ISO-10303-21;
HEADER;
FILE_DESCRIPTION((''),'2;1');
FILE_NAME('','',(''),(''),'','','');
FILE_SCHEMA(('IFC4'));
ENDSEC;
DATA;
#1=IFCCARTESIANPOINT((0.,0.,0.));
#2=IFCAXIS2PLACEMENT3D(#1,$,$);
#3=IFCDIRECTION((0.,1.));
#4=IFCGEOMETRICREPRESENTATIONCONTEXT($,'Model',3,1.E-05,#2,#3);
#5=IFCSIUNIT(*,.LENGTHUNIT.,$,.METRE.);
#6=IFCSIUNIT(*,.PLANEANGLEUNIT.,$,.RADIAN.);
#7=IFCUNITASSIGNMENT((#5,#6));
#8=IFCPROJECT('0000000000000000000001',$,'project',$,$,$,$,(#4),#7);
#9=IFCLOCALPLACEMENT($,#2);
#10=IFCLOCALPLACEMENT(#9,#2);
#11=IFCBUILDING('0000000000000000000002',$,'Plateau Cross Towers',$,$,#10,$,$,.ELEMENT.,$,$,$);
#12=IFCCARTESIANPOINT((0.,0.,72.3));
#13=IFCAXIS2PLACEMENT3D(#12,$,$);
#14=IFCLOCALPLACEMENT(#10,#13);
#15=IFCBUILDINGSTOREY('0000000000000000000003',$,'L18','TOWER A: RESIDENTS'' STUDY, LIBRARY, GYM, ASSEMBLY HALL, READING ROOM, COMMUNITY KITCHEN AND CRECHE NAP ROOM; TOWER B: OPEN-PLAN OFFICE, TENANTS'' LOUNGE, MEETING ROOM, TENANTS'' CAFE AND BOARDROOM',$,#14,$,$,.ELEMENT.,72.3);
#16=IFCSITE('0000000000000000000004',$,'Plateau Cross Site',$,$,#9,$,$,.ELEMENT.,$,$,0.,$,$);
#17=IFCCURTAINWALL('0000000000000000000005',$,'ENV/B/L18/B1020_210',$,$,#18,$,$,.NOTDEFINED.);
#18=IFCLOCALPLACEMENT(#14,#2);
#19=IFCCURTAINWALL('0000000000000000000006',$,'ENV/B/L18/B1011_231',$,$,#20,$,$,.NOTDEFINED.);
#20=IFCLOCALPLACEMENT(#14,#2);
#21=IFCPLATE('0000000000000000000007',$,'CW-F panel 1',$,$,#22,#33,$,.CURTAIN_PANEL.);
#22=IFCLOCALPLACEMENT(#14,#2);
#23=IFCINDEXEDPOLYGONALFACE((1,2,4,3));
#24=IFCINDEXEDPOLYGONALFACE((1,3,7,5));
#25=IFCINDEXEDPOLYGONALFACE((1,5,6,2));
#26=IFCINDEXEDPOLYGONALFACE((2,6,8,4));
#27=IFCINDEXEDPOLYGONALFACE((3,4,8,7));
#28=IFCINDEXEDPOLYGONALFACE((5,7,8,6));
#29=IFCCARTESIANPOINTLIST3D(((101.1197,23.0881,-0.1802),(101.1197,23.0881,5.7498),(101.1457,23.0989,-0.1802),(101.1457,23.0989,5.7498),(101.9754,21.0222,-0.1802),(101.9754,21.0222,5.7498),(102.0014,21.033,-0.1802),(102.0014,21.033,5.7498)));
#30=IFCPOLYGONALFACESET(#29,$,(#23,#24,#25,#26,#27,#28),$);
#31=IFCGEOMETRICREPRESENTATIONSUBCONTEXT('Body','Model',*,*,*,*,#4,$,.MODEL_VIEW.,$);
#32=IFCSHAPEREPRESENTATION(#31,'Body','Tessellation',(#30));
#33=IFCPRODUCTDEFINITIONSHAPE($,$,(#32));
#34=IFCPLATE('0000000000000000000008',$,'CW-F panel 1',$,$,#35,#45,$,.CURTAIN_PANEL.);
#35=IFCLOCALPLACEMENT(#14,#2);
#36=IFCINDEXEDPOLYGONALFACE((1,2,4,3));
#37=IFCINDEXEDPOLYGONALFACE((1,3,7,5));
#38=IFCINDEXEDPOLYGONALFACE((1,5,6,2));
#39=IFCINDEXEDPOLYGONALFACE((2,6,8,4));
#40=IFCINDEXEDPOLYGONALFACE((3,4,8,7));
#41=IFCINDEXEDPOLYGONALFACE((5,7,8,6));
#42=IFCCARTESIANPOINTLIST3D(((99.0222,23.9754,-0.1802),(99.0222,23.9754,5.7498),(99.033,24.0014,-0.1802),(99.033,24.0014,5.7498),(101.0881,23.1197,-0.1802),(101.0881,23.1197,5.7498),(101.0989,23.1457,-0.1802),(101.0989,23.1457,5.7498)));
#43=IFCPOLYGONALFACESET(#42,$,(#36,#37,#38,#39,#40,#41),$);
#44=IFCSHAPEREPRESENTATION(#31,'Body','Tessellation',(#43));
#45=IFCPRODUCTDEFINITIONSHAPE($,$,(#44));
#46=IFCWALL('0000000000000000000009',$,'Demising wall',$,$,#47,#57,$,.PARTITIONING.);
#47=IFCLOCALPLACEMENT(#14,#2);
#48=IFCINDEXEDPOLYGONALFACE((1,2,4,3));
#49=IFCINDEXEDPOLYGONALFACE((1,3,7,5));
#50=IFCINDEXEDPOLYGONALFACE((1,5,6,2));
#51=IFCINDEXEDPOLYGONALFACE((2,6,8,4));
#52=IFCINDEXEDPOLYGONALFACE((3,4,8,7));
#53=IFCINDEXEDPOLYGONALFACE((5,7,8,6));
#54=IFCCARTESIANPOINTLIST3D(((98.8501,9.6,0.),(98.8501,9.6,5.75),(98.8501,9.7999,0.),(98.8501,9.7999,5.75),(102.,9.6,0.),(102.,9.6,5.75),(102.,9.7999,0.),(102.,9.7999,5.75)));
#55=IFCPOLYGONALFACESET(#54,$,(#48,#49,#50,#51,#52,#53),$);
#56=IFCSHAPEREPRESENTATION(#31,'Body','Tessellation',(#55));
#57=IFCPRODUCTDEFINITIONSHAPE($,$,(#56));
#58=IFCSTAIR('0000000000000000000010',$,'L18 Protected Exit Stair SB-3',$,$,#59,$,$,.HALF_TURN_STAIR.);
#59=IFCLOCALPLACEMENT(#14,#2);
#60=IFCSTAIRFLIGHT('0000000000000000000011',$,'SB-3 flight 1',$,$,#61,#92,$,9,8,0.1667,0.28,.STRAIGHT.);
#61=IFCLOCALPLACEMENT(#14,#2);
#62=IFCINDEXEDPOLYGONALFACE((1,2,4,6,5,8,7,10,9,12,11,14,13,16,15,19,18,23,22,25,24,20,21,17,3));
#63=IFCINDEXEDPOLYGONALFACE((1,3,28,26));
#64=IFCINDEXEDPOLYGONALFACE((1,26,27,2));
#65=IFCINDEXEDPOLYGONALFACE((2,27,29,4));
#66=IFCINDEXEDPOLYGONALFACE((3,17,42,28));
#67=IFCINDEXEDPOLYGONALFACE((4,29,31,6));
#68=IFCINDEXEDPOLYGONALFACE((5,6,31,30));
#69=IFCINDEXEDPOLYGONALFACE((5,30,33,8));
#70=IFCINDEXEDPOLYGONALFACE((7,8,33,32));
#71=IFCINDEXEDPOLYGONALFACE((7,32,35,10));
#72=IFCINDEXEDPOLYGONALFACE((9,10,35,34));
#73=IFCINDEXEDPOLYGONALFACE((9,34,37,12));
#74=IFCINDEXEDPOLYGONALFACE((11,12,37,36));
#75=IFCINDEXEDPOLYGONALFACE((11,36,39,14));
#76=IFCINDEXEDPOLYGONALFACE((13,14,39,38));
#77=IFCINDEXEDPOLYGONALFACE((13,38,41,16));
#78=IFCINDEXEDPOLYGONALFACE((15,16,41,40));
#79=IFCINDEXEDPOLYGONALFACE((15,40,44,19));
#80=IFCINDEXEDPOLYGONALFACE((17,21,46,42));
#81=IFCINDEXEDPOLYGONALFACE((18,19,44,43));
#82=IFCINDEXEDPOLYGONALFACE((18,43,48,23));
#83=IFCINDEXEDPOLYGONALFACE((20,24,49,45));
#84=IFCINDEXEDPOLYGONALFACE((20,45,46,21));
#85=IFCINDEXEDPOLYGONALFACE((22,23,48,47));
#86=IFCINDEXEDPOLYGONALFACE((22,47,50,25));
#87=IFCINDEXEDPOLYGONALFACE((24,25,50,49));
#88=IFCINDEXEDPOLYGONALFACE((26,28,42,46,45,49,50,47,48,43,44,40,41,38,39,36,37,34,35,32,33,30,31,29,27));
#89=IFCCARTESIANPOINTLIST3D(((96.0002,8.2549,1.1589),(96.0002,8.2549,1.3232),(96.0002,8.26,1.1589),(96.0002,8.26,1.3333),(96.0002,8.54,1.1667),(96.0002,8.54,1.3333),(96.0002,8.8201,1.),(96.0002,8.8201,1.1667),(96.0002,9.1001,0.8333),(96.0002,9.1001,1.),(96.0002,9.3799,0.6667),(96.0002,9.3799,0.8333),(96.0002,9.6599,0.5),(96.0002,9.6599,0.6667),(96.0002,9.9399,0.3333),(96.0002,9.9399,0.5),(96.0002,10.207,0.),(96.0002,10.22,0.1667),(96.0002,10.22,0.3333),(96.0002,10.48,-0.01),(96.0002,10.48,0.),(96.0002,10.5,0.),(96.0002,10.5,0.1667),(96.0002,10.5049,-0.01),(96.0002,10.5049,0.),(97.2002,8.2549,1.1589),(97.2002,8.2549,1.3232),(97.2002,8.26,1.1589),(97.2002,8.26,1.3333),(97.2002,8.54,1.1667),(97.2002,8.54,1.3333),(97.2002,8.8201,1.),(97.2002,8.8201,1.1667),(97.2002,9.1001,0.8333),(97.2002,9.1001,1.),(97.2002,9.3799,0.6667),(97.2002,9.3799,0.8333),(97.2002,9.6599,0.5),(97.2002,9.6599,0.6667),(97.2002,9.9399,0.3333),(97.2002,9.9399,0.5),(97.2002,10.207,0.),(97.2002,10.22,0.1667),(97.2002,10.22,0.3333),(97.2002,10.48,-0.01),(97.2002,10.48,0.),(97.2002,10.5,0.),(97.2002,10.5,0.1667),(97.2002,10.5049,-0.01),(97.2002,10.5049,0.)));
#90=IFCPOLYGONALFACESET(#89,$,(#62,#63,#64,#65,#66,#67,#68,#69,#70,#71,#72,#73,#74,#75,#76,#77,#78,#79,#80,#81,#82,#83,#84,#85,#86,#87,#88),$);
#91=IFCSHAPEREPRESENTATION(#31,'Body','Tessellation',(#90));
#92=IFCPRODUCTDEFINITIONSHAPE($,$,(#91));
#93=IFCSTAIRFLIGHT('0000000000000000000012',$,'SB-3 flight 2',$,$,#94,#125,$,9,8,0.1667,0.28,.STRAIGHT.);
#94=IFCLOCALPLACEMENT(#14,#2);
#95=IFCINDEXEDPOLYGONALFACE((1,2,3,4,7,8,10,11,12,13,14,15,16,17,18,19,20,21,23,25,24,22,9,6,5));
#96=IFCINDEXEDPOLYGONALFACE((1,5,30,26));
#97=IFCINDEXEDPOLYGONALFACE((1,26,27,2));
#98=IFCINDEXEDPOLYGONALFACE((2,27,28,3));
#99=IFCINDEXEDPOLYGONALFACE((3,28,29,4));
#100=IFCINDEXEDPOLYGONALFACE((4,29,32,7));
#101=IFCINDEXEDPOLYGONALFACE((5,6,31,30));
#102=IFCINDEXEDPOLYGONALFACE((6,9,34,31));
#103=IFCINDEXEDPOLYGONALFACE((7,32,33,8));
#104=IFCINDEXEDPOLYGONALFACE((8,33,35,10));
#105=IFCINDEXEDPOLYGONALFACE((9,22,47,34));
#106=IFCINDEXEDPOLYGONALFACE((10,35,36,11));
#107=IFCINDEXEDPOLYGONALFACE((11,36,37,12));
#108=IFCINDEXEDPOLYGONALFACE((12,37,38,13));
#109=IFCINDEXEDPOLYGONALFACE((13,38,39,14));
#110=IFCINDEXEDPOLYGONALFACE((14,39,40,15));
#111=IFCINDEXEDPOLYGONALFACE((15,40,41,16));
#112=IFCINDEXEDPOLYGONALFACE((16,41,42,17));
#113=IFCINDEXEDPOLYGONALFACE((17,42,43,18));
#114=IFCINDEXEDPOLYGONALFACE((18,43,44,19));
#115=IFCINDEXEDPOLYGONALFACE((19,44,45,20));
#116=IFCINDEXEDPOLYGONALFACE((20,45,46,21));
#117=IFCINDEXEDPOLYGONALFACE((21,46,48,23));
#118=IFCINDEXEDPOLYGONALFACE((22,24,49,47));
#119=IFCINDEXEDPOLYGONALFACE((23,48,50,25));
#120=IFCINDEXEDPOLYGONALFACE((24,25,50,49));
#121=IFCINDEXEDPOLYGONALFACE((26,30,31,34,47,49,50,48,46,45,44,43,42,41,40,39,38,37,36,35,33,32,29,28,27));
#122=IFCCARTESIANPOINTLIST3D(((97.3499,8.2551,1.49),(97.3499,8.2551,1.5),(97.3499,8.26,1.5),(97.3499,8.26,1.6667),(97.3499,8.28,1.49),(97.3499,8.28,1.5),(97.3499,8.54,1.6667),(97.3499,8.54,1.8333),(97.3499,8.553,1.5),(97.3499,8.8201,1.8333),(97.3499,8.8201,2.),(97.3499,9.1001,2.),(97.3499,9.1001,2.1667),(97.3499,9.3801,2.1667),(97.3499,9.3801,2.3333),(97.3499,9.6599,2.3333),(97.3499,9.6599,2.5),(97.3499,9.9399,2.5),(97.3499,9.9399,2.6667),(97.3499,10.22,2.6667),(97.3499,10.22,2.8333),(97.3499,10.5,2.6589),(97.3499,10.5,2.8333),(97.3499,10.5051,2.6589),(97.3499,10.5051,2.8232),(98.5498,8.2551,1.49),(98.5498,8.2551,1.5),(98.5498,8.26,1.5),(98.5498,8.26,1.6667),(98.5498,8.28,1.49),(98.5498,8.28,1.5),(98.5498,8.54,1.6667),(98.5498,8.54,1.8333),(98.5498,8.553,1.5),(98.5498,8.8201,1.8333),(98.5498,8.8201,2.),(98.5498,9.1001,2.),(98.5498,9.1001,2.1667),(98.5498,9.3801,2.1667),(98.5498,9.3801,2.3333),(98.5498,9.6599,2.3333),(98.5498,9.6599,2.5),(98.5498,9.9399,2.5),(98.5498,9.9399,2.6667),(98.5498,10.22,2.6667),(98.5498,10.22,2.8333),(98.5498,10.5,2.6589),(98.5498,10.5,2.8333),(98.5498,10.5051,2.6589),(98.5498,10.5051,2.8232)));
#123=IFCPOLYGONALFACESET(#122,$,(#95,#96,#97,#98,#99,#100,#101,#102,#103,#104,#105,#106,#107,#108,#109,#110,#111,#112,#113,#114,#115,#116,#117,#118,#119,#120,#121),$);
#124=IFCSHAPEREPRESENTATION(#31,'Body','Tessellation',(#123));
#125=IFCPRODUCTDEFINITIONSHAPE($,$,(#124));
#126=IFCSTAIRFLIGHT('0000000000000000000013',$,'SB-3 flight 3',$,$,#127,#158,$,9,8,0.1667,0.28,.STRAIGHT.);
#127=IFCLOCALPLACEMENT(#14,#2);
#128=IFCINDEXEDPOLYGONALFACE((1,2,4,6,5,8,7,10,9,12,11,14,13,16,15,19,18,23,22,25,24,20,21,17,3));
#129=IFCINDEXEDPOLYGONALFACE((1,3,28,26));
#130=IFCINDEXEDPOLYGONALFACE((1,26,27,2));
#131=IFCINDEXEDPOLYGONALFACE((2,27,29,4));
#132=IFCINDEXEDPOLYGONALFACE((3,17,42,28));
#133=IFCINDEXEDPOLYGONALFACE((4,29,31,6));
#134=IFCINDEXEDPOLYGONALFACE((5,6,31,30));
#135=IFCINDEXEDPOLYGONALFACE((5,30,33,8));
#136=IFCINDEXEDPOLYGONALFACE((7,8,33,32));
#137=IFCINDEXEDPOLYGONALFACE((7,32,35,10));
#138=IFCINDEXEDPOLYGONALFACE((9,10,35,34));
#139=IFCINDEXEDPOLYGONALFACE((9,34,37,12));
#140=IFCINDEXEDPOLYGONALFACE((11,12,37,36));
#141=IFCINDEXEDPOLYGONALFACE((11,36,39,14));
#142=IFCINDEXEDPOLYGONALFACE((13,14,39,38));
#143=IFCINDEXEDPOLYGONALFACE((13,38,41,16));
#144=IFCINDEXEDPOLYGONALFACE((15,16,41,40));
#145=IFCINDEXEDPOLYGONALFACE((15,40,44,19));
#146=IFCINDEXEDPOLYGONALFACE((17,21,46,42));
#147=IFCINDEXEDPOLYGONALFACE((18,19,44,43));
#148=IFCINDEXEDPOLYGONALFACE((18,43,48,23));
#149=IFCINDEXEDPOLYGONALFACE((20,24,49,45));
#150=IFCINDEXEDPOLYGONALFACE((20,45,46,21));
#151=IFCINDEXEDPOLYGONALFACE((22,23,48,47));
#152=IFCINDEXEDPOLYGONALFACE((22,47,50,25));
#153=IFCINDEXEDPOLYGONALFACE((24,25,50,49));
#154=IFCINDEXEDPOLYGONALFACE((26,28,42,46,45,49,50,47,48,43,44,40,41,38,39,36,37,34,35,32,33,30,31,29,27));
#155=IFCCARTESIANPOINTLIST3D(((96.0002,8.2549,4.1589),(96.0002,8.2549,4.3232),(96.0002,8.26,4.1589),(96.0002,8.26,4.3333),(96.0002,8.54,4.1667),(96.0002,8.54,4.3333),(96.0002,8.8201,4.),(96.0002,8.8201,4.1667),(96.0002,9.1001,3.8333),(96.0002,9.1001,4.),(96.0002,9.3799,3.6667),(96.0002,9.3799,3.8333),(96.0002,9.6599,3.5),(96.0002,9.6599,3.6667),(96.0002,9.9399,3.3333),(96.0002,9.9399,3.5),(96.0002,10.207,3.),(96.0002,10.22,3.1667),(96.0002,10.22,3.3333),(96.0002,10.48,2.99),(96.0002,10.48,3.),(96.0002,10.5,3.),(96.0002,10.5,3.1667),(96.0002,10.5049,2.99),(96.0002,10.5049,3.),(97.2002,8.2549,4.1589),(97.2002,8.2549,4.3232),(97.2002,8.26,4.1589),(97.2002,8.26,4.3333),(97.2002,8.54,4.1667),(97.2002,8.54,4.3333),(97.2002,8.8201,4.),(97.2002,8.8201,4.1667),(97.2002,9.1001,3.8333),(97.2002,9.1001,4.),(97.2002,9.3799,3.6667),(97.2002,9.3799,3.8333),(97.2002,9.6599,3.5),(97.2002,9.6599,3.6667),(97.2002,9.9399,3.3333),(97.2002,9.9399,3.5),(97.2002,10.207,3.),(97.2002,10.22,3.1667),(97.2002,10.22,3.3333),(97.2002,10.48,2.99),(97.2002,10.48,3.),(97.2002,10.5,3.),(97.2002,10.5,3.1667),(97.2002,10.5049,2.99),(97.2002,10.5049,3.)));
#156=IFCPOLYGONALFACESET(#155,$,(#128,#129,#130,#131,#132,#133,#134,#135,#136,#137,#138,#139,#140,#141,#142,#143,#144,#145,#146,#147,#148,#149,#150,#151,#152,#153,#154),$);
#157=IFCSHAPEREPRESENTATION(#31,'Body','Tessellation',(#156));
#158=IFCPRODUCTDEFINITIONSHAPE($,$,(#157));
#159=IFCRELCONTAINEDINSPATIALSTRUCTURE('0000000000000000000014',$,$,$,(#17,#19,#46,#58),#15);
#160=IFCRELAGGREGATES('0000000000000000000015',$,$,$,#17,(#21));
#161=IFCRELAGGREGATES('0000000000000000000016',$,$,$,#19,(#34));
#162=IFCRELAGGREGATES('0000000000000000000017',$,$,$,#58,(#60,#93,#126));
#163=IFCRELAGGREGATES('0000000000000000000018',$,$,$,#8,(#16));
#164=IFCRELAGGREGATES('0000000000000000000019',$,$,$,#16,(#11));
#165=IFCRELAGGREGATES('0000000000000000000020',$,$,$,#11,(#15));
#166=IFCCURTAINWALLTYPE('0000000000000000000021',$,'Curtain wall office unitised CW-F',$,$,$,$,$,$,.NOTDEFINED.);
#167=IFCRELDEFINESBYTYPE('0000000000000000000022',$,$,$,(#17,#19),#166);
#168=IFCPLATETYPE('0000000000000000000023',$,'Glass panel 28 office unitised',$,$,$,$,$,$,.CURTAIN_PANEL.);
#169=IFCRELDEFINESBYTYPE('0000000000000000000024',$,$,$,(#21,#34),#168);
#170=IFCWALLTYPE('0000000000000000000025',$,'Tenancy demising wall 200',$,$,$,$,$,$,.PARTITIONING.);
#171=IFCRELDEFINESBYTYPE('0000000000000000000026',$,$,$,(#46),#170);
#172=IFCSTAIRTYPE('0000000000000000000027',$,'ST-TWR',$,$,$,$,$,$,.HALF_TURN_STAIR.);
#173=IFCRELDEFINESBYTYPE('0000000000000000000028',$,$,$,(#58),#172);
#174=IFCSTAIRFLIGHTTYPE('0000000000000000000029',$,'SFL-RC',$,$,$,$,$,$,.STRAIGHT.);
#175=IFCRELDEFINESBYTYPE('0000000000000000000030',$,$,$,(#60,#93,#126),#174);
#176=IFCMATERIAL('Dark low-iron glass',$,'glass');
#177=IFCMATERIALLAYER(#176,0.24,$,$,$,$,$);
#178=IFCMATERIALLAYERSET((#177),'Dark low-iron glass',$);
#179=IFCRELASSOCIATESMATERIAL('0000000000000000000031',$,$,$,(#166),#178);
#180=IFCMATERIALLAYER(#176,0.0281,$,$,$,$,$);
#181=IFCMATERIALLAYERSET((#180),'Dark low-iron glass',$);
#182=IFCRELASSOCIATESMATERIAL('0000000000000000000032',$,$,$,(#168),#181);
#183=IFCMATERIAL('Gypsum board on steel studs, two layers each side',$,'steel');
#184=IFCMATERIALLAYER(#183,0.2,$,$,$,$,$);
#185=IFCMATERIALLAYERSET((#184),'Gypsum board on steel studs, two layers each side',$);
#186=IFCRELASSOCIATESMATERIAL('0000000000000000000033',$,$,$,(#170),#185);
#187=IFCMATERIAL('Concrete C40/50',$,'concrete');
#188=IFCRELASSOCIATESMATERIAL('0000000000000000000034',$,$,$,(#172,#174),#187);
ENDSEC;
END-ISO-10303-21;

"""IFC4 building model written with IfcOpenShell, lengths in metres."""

from ifc_helpers import new_model, si_unit, direction, frame, frame_2d, origin, origin_2d, place, context, subcontext, project, spatial, polyline, rectangle, outline, extrude, material, layer, layer_set, type_object, element, aggregate, save


model = new_model("IFC4")

# Units and contexts
model_context = context("Model", 3, precision=1e-05, world=origin(), true_north=direction((0.0, 1.0)))
body_context = subcontext(model_context, "Body", "Model", "MODEL_VIEW")
ifc_project = project(units=[si_unit("LENGTHUNIT", "METRE"), si_unit("PLANEANGLEUNIT", "RADIAN")], contexts=[model_context])

# Site, building, storey
site_placement = place(None, origin())
site = spatial("IfcSite", under=ifc_project, at=site_placement, Name="Plateau Cross Site", CompositionType="ELEMENT", RefElevation=0.0)
building_placement = place(site_placement, origin())
building = spatial("IfcBuilding", under=site, at=building_placement, Name="Plateau Cross Towers", CompositionType="ELEMENT")
storey_placement = place(building_placement, frame((0.0, 0.0, 72.3)))
storey = spatial("IfcBuildingStorey", under=building, at=storey_placement, Name="L18", Description="TOWER A: RESIDENTS' STUDY, LIBRARY, GYM, ASSEMBLY HALL, READING ROOM, COMMUNITY KITCHEN AND CRECHE NAP ROOM; TOWER B: OPEN-PLAN OFFICE, TENANTS' LOUNGE, MEETING ROOM, TENANTS' CAFE AND BOARDROOM", CompositionType="ELEMENT", Elevation=72.3)

# Shared definitions
ifc_material_1 = material(Name="Dark low-iron glass", Category="glass")
ifc_layer_1 = layer(ifc_material_1, 0.24)
ifc_layer_set_1 = layer_set([ifc_layer_1], Name="Dark low-iron glass")
curtain_wall_type = type_object("IfcCurtainWallType", Name="Curtain wall office unitised CW-F", PredefinedType="NOTDEFINED", material=ifc_layer_set_1)

# Curtain walls
curtain_wall_1_placement = place(storey_placement, origin())
curtain_wall_1 = element("IfcCurtainWall", 1, at=curtain_wall_1_placement, inside=storey, type_object=curtain_wall_type, Name="ENV/B/L18/B1020_210", PredefinedType="NOTDEFINED")
curtain_wall_2_placement = place(storey_placement, origin())
curtain_wall_2 = element("IfcCurtainWall", 2, at=curtain_wall_2_placement, inside=storey, type_object=curtain_wall_type, Name="ENV/B/L18/B1011_231", PredefinedType="NOTDEFINED")

# Plates
ifc_layer_2 = layer(ifc_material_1, 0.0281)
ifc_layer_set_2 = layer_set([ifc_layer_2], Name="Dark low-iron glass")
plate_type = type_object("IfcPlateType", Name="Glass panel 28 office unitised", PredefinedType="CURTAIN_PANEL", material=ifc_layer_set_2)
plate_1_placement = place(storey_placement, frame((101.5605, 22.0605, -0.1802), z_axis=(0.0, 0.0, 1.0), x_axis=(-0.382684, 0.923879, 0.0)))
plate_1 = element("IfcPlate", 3, at=plate_1_placement, type_object=plate_type, Name="CW-F panel 1", PredefinedType="CURTAIN_PANEL", context=body_context, shape_type="SweptSolid", body=[
    extrude(rectangle(XDim=2.2361, YDim=0.0281, at=origin_2d()), origin(), (0.0, 0.0, 1.0), 5.9299),
])
aggregate(curtain_wall_1, [plate_1])
plate_2_placement = place(storey_placement, frame((100.0605, 23.5605, -0.1802), z_axis=(0.0, 0.0, 1.0), x_axis=(-0.923879, 0.382684, 0.0)))
plate_2 = element("IfcPlate", 4, at=plate_2_placement, type_object=plate_type, Name="CW-F panel 1", PredefinedType="CURTAIN_PANEL", context=body_context, shape_type="SweptSolid", body=[
    extrude(rectangle(XDim=2.2361, YDim=0.0281, at=origin_2d()), origin(), (0.0, 0.0, 1.0), 5.9299),
])
aggregate(curtain_wall_2, [plate_2])

# Wall
ifc_material_2 = material(Name="Gypsum board on steel studs, two layers each side", Category="steel")
ifc_layer_3 = layer(ifc_material_2, 0.2)
ifc_layer_set_3 = layer_set([ifc_layer_3], Name="Gypsum board on steel studs, two layers each side")
wall_type = type_object("IfcWallType", Name="Tenancy demising wall 200", PredefinedType="PARTITIONING", material=ifc_layer_set_3)
wall_placement = place(storey_placement, frame((98.8501, 9.7, 0.0), z_axis=(0.0, 0.0, 1.0), x_axis=(1.0, 0.0, 0.0)))
element("IfcWall", 5, at=wall_placement, inside=storey, type_object=wall_type, Name="Demising wall", PredefinedType="PARTITIONING", context=body_context, shape_type="SweptSolid", body=[
    extrude(rectangle(XDim=3.1499, YDim=0.2, at=frame_2d((1.575, 0.0))), origin(), (0.0, 0.0, 1.0), 5.75),
])

# Stair, stair flights
ifc_material_3 = material(Name="Concrete C40/50", Category="concrete")
stair_type = type_object("IfcStairType", Name="ST-TWR", PredefinedType="HALF_TURN_STAIR", material=ifc_material_3)
stair_placement = place(storey_placement, origin())
stair = element("IfcStair", 6, at=stair_placement, inside=storey, type_object=stair_type, Name="L18 Protected Exit Stair SB-3", PredefinedType="HALF_TURN_STAIR")
stair_flight_type = type_object("IfcStairFlightType", Name="SFL-RC", PredefinedType="STRAIGHT", material=ifc_material_3)
stair_flight_1_placement = place(storey_placement, frame((96.6001, 10.5, 0.0), z_axis=(0.0, 0.0, 1.0), x_axis=(0.0, -1.0, 0.0)))
stair_flight_1 = element("IfcStairFlight", 7, at=stair_flight_1_placement, type_object=stair_flight_type, Name="SB-3 flight 1", NumberOfRisers=9, NumberOfTreads=8, PredefinedType="STRAIGHT", RiserHeight=0.1667, TreadLength=0.28, context=body_context, shape_type="SweptSolid", body=[
    extrude(outline(polyline([(-0.0049, -0.01), (-0.0049, 0.0), (0.0, 0.0), (0.0, 0.1667), (0.28, 0.1667), (0.28, 0.3333), (0.5601, 0.3333), (0.5601, 0.5), (0.8401, 0.5), (0.8401, 0.6667), (1.1201, 0.6667), (1.1201, 0.8333), (1.3999, 0.8333), (1.3999, 1.0), (1.6799, 1.0), (1.6799, 1.1667), (1.96, 1.1667), (1.96, 1.3333), (2.24, 1.3333), (2.2451, 1.3232), (2.2451, 1.1589), (2.24, 1.1589), (0.293, 0.0), (0.02, 0.0), (0.02, -0.01), (-0.0049, -0.01)])), frame((0.0, 0.6001, 0.0), z_axis=(0.0, -1.0, 0.0), x_axis=(1.0, 0.0, 0.0)), (0.0, 0.0, 1.0), 1.2),
])
stair_flight_2_placement = place(storey_placement, frame((97.95, 8.26, 1.5), z_axis=(0.0, 0.0, 1.0), x_axis=(0.0, 1.0, 0.0)))
stair_flight_2 = element("IfcStairFlight", 8, at=stair_flight_2_placement, type_object=stair_flight_type, Name="SB-3 flight 2", NumberOfRisers=9, NumberOfTreads=8, PredefinedType="STRAIGHT", RiserHeight=0.1667, TreadLength=0.28, context=body_context, shape_type="SweptSolid", body=[
    extrude(outline(polyline([(-0.0049, -0.01), (-0.0049, 0.0), (0.0, 0.0), (0.0, 0.1667), (0.28, 0.1667), (0.28, 0.3333), (0.5601, 0.3333), (0.5601, 0.5), (0.8401, 0.5), (0.8401, 0.6667), (1.1201, 0.6667), (1.1201, 0.8333), (1.3999, 0.8333), (1.3999, 1.0), (1.6799, 1.0), (1.6799, 1.1667), (1.96, 1.1667), (1.96, 1.3333), (2.24, 1.3333), (2.2451, 1.3232), (2.2451, 1.1589), (2.24, 1.1589), (0.293, 0.0), (0.02, 0.0), (0.02, -0.01), (-0.0049, -0.01)])), frame((0.0, 0.6001, 0.0), z_axis=(0.0, -1.0, 0.0), x_axis=(1.0, 0.0, 0.0)), (0.0, 0.0, 1.0), 1.2),
])
stair_flight_3_placement = place(storey_placement, frame((96.6001, 10.5, 3.0), z_axis=(0.0, 0.0, 1.0), x_axis=(0.0, -1.0, 0.0)))
stair_flight_3 = element("IfcStairFlight", 9, at=stair_flight_3_placement, type_object=stair_flight_type, Name="SB-3 flight 3", NumberOfRisers=9, NumberOfTreads=8, PredefinedType="STRAIGHT", RiserHeight=0.1667, TreadLength=0.28, context=body_context, shape_type="SweptSolid", body=[
    extrude(outline(polyline([(-0.0049, -0.01), (-0.0049, 0.0), (0.0, 0.0), (0.0, 0.1667), (0.28, 0.1667), (0.28, 0.3333), (0.5601, 0.3333), (0.5601, 0.5), (0.8401, 0.5), (0.8401, 0.6667), (1.1201, 0.6667), (1.1201, 0.8333), (1.3999, 0.8333), (1.3999, 1.0), (1.6799, 1.0), (1.6799, 1.1667), (1.96, 1.1667), (1.96, 1.3333), (2.24, 1.3333), (2.2451, 1.3232), (2.2451, 1.1589), (2.24, 1.1589), (0.293, 0.0), (0.02, 0.0), (0.02, -0.01), (-0.0049, -0.01)])), frame((0.0, 0.6001, 0.0), z_axis=(0.0, -1.0, 0.0), x_axis=(1.0, 0.0, 0.0)), (0.0, 0.0, 1.0), 1.2),
])
aggregate(stair, [stair_flight_1, stair_flight_2, stair_flight_3])

save(model, "model.ifc")
